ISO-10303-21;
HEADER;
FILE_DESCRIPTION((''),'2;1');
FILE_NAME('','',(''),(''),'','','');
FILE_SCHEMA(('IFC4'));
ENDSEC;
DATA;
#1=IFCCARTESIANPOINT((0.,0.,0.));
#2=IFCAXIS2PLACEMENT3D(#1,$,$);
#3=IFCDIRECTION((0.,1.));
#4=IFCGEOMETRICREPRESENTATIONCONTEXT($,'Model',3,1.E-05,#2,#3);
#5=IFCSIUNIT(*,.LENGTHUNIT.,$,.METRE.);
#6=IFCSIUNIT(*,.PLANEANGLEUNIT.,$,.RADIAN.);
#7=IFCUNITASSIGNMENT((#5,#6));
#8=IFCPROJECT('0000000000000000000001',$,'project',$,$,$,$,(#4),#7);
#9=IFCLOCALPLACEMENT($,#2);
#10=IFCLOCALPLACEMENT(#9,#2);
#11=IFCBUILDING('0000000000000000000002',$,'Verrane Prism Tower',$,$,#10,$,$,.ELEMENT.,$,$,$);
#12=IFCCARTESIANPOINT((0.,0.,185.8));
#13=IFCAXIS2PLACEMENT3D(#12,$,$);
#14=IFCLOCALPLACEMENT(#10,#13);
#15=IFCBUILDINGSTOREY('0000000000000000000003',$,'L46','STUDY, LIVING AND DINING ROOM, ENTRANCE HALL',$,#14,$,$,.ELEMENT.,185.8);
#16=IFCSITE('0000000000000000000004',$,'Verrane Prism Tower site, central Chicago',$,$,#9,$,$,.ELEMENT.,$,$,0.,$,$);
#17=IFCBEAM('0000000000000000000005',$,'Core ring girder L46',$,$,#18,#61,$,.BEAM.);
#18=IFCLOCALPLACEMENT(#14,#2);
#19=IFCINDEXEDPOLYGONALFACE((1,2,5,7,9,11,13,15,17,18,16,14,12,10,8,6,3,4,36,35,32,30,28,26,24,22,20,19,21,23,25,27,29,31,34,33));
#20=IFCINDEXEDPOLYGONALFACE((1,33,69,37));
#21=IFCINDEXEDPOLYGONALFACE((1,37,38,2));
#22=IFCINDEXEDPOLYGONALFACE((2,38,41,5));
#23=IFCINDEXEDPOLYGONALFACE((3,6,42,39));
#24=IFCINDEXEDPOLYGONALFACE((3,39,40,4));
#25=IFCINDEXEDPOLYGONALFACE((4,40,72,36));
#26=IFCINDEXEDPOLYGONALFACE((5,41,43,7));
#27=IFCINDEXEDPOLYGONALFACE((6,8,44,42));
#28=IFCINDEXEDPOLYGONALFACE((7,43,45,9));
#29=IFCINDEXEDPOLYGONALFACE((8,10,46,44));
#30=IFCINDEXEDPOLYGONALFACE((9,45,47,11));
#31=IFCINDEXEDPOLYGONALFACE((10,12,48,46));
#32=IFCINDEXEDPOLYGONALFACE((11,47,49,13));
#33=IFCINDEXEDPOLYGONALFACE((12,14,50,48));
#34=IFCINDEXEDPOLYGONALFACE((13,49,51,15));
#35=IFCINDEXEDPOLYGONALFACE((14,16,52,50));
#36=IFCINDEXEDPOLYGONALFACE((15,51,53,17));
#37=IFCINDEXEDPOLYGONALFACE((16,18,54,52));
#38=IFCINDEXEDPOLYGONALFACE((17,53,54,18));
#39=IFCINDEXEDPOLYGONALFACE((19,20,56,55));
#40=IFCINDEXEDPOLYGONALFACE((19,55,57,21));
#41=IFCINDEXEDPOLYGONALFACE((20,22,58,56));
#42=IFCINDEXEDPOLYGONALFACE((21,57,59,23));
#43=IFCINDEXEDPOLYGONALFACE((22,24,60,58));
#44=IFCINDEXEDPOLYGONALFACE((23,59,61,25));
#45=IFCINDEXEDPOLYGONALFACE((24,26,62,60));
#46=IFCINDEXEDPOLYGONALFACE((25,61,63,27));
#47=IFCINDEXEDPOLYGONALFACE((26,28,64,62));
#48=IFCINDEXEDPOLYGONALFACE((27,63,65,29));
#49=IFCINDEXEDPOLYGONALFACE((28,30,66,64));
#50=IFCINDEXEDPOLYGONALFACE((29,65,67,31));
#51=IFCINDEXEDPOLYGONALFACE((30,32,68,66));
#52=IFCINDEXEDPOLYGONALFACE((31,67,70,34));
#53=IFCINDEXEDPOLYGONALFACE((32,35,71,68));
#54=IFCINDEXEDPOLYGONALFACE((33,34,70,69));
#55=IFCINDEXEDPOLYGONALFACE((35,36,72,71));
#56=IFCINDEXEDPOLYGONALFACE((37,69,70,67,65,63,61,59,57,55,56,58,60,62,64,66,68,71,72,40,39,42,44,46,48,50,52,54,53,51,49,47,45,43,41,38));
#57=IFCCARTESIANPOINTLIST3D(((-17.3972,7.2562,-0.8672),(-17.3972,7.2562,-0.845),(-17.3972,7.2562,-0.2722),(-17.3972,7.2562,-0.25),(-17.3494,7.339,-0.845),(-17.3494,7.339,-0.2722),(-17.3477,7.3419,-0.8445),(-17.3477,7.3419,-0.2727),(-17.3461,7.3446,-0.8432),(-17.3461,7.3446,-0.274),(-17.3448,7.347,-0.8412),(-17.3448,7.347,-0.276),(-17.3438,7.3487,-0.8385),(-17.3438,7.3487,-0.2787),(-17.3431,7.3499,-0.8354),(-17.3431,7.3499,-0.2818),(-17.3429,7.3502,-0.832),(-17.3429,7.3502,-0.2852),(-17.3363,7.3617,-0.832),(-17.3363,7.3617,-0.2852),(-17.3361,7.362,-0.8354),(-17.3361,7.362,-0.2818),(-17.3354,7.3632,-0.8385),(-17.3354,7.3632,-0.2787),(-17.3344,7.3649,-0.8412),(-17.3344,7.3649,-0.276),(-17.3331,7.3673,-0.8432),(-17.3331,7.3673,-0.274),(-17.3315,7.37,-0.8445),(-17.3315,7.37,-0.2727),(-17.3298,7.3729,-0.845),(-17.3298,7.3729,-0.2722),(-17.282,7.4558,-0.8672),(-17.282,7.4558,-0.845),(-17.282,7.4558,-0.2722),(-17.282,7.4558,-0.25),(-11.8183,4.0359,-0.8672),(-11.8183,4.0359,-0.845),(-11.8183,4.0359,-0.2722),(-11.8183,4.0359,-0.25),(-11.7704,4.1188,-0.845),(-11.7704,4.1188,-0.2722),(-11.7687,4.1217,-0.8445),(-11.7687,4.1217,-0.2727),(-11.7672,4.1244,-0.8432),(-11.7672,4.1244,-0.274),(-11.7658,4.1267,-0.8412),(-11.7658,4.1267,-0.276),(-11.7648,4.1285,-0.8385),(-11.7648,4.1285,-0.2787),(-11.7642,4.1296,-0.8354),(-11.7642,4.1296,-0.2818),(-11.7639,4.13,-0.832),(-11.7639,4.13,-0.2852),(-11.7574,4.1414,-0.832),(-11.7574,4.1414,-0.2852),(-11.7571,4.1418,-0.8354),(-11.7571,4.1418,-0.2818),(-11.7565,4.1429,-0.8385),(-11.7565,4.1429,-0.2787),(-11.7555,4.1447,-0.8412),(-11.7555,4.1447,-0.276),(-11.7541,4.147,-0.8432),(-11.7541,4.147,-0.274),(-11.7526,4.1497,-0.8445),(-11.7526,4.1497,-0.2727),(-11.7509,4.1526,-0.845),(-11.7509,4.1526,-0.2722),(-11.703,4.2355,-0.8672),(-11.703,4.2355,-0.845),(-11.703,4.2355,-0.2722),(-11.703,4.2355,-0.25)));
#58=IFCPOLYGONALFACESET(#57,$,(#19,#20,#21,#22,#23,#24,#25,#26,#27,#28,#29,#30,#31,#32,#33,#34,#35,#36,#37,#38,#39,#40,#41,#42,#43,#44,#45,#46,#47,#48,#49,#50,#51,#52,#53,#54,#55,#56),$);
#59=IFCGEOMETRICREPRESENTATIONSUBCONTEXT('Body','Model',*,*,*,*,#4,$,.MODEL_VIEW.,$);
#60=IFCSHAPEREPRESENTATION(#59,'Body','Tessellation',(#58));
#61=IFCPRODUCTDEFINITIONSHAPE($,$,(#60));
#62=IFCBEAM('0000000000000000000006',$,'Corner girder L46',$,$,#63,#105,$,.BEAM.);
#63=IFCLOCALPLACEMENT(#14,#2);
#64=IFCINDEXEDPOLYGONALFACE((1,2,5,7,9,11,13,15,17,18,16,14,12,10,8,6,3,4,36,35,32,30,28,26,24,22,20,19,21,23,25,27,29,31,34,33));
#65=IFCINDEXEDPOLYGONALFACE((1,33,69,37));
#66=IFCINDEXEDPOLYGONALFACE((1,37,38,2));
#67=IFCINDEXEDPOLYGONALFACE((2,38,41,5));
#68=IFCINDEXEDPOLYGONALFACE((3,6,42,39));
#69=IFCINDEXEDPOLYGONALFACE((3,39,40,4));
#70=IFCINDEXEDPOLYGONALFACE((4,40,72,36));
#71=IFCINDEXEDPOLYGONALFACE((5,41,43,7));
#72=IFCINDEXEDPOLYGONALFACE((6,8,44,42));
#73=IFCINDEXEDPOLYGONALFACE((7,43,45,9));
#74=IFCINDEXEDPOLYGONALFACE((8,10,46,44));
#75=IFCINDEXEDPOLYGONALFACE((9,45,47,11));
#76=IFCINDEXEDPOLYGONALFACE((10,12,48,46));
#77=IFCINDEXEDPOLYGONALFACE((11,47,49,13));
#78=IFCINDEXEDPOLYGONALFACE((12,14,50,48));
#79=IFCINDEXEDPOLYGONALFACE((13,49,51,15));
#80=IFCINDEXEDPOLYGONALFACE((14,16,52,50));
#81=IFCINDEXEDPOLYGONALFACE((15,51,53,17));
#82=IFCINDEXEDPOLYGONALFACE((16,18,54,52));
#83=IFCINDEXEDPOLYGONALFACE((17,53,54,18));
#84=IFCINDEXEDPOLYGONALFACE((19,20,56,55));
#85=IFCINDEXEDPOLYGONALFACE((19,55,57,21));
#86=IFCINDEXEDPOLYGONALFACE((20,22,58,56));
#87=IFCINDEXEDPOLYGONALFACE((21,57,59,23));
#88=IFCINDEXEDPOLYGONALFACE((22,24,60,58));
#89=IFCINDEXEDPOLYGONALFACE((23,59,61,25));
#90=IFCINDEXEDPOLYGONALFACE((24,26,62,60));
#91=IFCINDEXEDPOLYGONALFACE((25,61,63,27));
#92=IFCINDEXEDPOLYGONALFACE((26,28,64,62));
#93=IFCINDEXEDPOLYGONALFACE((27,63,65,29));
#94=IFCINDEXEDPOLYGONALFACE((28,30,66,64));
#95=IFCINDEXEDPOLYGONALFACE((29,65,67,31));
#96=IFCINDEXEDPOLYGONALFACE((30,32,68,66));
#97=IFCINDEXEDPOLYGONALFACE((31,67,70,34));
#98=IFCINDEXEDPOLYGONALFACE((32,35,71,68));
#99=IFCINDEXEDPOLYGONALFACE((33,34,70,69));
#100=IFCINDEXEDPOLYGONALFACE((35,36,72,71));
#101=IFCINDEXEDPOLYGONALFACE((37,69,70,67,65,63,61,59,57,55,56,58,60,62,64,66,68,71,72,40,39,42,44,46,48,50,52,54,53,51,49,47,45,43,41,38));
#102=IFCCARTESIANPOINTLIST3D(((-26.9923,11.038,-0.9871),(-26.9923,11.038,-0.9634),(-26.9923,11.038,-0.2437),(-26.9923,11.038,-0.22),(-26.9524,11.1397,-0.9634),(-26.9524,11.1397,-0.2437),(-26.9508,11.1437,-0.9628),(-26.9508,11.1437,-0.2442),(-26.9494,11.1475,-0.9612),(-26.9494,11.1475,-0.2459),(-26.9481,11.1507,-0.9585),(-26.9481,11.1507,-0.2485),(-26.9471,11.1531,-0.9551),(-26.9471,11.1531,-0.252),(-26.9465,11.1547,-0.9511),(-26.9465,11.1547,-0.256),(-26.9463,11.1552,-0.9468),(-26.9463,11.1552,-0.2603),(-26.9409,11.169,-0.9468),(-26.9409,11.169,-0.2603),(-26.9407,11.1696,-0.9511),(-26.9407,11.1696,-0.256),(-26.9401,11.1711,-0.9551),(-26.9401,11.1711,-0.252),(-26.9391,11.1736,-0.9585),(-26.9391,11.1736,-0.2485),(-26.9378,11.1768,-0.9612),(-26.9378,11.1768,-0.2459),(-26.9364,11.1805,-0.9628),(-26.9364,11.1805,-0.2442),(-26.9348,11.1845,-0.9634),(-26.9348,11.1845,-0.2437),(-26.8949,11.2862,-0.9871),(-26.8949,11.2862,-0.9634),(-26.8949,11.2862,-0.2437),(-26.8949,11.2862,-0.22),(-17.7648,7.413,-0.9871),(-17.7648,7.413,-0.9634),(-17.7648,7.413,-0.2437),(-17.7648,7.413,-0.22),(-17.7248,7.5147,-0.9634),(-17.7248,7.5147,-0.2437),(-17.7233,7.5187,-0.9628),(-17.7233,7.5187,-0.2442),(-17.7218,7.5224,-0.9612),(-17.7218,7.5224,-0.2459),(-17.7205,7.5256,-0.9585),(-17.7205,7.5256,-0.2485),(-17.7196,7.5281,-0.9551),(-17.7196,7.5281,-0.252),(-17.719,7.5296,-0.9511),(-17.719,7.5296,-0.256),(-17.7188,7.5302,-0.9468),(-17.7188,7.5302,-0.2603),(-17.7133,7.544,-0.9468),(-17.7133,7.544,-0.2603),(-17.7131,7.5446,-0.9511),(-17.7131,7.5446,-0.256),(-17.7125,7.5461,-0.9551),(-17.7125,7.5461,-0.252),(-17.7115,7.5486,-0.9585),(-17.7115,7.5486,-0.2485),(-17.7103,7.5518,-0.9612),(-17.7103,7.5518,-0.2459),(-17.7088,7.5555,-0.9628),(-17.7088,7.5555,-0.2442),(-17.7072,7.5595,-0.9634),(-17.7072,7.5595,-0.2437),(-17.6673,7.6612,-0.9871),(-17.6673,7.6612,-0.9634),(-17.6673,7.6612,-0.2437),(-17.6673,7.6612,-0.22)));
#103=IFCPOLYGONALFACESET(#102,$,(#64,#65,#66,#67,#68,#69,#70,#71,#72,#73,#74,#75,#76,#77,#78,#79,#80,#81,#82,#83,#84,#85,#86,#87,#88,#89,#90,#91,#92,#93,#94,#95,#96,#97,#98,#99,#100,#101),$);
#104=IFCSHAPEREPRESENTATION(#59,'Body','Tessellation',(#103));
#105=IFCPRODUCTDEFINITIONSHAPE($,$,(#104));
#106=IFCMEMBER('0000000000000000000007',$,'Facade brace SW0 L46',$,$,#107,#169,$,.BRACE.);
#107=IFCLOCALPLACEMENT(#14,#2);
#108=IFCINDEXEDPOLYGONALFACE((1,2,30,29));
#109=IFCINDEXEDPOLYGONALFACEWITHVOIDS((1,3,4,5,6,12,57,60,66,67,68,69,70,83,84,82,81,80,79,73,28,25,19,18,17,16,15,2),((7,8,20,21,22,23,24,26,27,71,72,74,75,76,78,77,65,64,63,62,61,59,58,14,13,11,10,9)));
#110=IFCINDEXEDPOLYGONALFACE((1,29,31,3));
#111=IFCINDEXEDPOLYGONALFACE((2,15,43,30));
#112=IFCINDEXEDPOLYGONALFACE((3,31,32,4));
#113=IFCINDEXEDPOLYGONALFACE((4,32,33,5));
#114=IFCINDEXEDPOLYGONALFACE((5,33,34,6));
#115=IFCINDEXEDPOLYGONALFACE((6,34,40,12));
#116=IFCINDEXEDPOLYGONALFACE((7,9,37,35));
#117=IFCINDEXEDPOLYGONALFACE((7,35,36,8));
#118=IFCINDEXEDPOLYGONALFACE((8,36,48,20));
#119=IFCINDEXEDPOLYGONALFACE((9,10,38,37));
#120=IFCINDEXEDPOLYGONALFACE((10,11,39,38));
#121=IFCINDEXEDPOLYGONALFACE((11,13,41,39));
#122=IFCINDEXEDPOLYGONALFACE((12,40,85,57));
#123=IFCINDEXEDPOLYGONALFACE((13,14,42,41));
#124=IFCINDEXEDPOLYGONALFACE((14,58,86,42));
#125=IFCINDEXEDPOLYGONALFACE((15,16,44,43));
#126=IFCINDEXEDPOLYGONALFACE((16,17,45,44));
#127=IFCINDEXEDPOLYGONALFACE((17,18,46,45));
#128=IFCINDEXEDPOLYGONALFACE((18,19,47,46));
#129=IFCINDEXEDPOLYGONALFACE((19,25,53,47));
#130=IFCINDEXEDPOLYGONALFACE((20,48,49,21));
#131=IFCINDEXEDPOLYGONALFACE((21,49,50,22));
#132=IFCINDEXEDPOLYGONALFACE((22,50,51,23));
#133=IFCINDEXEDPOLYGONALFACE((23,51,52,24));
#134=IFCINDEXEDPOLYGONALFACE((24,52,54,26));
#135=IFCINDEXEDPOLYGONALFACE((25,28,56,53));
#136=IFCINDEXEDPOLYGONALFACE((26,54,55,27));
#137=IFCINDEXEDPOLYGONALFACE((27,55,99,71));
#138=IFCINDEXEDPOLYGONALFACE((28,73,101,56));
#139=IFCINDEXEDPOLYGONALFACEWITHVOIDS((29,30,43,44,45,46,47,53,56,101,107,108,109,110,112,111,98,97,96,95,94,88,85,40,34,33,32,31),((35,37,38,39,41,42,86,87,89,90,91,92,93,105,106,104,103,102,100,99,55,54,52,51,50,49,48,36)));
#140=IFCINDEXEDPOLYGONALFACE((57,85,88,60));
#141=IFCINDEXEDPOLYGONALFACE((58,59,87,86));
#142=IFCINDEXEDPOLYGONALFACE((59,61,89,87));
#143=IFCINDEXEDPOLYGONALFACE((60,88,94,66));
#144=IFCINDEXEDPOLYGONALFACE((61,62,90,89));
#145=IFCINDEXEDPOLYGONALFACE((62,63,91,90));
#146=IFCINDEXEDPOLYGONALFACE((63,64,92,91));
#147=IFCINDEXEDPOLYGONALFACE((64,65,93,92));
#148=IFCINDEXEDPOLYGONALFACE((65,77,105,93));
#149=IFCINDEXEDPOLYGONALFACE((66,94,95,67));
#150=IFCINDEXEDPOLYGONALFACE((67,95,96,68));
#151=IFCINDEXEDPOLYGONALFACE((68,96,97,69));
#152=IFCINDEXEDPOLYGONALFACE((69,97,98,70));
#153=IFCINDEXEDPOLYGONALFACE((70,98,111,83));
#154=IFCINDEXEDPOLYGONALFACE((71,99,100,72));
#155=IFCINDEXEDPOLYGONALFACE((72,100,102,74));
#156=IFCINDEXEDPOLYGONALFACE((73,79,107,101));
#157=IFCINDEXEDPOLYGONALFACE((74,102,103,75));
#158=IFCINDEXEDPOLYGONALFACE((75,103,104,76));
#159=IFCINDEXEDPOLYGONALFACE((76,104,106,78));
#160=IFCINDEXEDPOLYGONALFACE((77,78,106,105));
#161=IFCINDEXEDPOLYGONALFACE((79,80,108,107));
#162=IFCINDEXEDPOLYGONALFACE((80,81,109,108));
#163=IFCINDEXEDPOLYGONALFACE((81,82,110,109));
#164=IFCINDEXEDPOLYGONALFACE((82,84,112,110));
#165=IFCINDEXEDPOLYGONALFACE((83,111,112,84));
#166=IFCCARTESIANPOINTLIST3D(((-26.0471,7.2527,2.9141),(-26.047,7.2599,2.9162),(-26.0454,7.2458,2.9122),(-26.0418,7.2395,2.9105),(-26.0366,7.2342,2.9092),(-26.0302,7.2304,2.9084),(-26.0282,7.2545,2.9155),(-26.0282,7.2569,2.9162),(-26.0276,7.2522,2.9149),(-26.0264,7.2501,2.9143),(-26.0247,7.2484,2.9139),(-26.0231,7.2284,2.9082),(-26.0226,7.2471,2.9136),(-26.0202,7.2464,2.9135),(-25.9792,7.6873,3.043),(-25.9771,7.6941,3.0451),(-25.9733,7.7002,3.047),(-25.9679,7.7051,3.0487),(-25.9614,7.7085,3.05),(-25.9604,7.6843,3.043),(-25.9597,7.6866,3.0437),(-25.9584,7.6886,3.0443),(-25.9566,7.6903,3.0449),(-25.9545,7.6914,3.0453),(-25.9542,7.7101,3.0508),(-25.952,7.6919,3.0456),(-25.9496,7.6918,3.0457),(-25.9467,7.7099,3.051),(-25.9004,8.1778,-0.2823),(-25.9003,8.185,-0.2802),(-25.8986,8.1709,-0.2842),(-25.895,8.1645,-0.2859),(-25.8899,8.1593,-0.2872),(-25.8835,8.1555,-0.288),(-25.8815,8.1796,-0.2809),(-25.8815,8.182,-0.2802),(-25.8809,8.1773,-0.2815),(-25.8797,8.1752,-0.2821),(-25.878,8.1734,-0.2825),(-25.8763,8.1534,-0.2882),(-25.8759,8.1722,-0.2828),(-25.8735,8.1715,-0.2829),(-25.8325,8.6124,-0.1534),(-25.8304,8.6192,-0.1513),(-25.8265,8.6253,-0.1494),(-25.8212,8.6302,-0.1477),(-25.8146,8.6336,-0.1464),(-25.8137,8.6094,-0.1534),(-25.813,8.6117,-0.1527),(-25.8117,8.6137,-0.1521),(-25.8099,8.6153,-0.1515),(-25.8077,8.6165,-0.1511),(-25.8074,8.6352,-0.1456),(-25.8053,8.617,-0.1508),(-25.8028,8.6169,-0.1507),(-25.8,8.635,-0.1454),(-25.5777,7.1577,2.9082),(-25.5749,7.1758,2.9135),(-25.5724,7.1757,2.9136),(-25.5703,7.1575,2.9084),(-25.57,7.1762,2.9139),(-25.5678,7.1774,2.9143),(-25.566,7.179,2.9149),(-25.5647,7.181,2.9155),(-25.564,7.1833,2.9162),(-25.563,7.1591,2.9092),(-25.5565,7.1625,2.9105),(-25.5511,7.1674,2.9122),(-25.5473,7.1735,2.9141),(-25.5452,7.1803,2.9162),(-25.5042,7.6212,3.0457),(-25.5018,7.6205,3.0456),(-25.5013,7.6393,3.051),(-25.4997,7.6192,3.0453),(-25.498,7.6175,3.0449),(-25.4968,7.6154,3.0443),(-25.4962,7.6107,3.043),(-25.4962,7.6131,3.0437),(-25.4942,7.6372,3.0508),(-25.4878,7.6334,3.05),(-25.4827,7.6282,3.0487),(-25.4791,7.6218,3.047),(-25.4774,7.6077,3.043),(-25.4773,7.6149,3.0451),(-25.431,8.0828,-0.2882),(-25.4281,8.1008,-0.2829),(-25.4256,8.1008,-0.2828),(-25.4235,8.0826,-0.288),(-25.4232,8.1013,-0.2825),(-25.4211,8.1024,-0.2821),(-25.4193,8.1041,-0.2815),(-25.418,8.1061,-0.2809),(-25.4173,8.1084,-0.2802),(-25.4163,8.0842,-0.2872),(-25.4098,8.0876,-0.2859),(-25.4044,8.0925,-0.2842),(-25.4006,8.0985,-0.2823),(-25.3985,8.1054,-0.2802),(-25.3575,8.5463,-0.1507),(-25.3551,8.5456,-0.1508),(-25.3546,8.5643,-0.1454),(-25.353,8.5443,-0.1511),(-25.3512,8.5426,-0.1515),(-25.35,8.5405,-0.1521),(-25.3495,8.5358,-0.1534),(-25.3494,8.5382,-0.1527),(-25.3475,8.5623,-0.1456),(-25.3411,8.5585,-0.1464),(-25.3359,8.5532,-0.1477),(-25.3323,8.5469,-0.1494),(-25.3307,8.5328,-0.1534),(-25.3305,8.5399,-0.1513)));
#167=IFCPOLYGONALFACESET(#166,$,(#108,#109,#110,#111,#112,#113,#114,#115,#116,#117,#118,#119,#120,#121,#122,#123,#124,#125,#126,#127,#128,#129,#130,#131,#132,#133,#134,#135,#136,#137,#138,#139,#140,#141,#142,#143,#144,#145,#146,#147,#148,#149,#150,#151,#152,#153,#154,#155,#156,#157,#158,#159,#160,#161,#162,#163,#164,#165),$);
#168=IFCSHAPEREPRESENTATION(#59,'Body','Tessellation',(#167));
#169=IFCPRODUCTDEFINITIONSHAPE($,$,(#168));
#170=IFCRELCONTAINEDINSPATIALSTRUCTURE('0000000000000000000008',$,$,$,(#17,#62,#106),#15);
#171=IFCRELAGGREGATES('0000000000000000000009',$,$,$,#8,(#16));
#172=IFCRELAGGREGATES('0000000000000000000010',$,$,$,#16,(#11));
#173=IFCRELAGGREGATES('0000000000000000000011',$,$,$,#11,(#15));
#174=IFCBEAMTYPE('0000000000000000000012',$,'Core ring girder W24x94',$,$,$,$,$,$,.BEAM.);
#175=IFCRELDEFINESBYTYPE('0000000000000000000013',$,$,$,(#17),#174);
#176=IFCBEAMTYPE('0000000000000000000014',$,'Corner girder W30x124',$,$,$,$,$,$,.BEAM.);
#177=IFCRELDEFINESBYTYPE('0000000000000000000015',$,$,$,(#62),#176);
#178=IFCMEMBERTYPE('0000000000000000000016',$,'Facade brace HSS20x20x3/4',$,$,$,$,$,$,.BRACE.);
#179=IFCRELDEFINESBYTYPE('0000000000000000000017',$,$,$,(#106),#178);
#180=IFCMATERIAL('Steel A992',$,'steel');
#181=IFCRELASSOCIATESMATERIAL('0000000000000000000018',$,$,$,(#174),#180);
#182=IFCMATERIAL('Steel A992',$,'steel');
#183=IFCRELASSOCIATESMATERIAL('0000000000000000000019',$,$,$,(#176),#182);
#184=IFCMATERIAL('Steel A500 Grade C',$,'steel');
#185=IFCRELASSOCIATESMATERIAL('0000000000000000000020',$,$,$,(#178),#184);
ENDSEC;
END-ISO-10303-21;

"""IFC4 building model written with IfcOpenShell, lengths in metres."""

from ifc_helpers import new_model, si_unit, direction, frame, origin, origin_2d, place, context, subcontext, project, spatial, hollow_rectangle, i_section, extrude, material, material_profile, profile_set, type_object, element, save


model = new_model("IFC4")

# Units and contexts
model_context = context("Model", 3, precision=1e-05, world=origin(), true_north=direction((0.0, 1.0)))
body_context = subcontext(model_context, "Body", "Model", "MODEL_VIEW")
ifc_project = project(units=[si_unit("LENGTHUNIT", "METRE"), si_unit("PLANEANGLEUNIT", "RADIAN")], contexts=[model_context])

# Site, building, storey
site_placement = place(None, origin())
site = spatial("IfcSite", under=ifc_project, at=site_placement, Name="Verrane Prism Tower site, central Chicago", CompositionType="ELEMENT", RefElevation=0.0)
building_placement = place(site_placement, origin())
building = spatial("IfcBuilding", under=site, at=building_placement, Name="Verrane Prism Tower", CompositionType="ELEMENT")
storey_placement = place(building_placement, frame((0.0, 0.0, 185.8)))
storey = spatial("IfcBuildingStorey", under=building, at=storey_placement, Name="L46", Description="STUDY, LIVING AND DINING ROOM, ENTRANCE HALL", CompositionType="ELEMENT", Elevation=185.8)

# Beams
ifc_material_1 = material(Name="Steel A992", Category="steel")
ifc_material_profile_1 = material_profile(ifc_material_1, i_section(OverallWidth=0.2305, OverallDepth=0.6172, WebThickness=0.0132, FlangeThickness=0.0222, FilletRadius=0.0129, at=origin_2d()), Name="W24x94")
ifc_profile_set_1 = profile_set([ifc_material_profile_1], Name="Steel A992")
beam_type_1 = type_object("IfcBeamType", Name="Core ring girder W24x94", PredefinedType="BEAM", material=ifc_profile_set_1)
beam_1_placement = place(storey_placement, frame((-17.3396, 7.356, -0.5586), z_axis=(0.866075, -0.499914, 0.0), x_axis=(0.499914, 0.866075, 0.0)))
element("IfcBeam", 1, at=beam_1_placement, inside=storey, type_object=beam_type_1, Name="Core ring girder L46", PredefinedType="BEAM", context=body_context, shape_type="SweptSolid", body=[
    extrude(i_section(OverallWidth=0.2305, OverallDepth=0.6172, WebThickness=0.0132, FlangeThickness=0.0222, FilletRadius=0.0129, at=origin_2d()), origin(), (0.0, 0.0, 1.0), 6.4417),
])
ifc_material_2 = material(Name="Steel A992", Category="steel")
ifc_material_profile_2 = material_profile(ifc_material_2, i_section(OverallWidth=0.2666, OverallDepth=0.7671, WebThickness=0.0149, FlangeThickness=0.0237, FilletRadius=0.0166, at=origin_2d()), Name="W30x124")
ifc_profile_set_2 = profile_set([ifc_material_profile_2], Name="Steel A992")
beam_type_2 = type_object("IfcBeamType", Name="Corner girder W30x124", PredefinedType="BEAM", material=ifc_profile_set_2)
beam_2_placement = place(storey_placement, frame((-26.9436, 11.1621, -0.6035), z_axis=(0.930755, -0.365643, 0.0), x_axis=(0.365643, 0.930755, 0.0)))
element("IfcBeam", 2, at=beam_2_placement, inside=storey, type_object=beam_type_2, Name="Corner girder L46", PredefinedType="BEAM", context=body_context, shape_type="SweptSolid", body=[
    extrude(i_section(OverallWidth=0.2666, OverallDepth=0.7671, WebThickness=0.0149, FlangeThickness=0.0237, FilletRadius=0.0166, at=origin_2d()), origin(), (0.0, 0.0, 1.0), 9.9141),
])

# Member
ifc_material_3 = material(Name="Steel A500 Grade C", Category="steel")
ifc_material_profile_3 = material_profile(ifc_material_3, hollow_rectangle(XDim=0.5081, YDim=0.5081, WallThickness=0.019, InnerFilletRadius=0.0095, OuterFilletRadius=0.0286, at=origin_2d()), Name="HSS20x20x3/4")
ifc_profile_set_3 = profile_set([ifc_material_profile_3], Name="Steel A500 Grade C")
member_type_1 = type_object("IfcMemberType", Name="Facade brace HSS20x20x3/4", PredefinedType="BRACE", material=ifc_profile_set_3)
member_1_placement = place(storey_placement, frame((-25.6155, 8.3589, -0.2168), z_axis=(-0.044053, -0.277735, 0.959647), x_axis=(0.987653, -0.156659, 0.0)))
element("IfcMember", 3, at=member_1_placement, inside=storey, type_object=member_type_1, Name="Facade brace SW0 L46", PredefinedType="BRACE", context=body_context, shape_type="SweptSolid", body=[
    extrude(hollow_rectangle(XDim=0.5081, YDim=0.5081, WallThickness=0.019, InnerFilletRadius=0.0095, OuterFilletRadius=0.0286, at=origin_2d()), origin(), (0.0, 0.0, 1.0), 3.3308),
])

save(model, "model.ifc")
